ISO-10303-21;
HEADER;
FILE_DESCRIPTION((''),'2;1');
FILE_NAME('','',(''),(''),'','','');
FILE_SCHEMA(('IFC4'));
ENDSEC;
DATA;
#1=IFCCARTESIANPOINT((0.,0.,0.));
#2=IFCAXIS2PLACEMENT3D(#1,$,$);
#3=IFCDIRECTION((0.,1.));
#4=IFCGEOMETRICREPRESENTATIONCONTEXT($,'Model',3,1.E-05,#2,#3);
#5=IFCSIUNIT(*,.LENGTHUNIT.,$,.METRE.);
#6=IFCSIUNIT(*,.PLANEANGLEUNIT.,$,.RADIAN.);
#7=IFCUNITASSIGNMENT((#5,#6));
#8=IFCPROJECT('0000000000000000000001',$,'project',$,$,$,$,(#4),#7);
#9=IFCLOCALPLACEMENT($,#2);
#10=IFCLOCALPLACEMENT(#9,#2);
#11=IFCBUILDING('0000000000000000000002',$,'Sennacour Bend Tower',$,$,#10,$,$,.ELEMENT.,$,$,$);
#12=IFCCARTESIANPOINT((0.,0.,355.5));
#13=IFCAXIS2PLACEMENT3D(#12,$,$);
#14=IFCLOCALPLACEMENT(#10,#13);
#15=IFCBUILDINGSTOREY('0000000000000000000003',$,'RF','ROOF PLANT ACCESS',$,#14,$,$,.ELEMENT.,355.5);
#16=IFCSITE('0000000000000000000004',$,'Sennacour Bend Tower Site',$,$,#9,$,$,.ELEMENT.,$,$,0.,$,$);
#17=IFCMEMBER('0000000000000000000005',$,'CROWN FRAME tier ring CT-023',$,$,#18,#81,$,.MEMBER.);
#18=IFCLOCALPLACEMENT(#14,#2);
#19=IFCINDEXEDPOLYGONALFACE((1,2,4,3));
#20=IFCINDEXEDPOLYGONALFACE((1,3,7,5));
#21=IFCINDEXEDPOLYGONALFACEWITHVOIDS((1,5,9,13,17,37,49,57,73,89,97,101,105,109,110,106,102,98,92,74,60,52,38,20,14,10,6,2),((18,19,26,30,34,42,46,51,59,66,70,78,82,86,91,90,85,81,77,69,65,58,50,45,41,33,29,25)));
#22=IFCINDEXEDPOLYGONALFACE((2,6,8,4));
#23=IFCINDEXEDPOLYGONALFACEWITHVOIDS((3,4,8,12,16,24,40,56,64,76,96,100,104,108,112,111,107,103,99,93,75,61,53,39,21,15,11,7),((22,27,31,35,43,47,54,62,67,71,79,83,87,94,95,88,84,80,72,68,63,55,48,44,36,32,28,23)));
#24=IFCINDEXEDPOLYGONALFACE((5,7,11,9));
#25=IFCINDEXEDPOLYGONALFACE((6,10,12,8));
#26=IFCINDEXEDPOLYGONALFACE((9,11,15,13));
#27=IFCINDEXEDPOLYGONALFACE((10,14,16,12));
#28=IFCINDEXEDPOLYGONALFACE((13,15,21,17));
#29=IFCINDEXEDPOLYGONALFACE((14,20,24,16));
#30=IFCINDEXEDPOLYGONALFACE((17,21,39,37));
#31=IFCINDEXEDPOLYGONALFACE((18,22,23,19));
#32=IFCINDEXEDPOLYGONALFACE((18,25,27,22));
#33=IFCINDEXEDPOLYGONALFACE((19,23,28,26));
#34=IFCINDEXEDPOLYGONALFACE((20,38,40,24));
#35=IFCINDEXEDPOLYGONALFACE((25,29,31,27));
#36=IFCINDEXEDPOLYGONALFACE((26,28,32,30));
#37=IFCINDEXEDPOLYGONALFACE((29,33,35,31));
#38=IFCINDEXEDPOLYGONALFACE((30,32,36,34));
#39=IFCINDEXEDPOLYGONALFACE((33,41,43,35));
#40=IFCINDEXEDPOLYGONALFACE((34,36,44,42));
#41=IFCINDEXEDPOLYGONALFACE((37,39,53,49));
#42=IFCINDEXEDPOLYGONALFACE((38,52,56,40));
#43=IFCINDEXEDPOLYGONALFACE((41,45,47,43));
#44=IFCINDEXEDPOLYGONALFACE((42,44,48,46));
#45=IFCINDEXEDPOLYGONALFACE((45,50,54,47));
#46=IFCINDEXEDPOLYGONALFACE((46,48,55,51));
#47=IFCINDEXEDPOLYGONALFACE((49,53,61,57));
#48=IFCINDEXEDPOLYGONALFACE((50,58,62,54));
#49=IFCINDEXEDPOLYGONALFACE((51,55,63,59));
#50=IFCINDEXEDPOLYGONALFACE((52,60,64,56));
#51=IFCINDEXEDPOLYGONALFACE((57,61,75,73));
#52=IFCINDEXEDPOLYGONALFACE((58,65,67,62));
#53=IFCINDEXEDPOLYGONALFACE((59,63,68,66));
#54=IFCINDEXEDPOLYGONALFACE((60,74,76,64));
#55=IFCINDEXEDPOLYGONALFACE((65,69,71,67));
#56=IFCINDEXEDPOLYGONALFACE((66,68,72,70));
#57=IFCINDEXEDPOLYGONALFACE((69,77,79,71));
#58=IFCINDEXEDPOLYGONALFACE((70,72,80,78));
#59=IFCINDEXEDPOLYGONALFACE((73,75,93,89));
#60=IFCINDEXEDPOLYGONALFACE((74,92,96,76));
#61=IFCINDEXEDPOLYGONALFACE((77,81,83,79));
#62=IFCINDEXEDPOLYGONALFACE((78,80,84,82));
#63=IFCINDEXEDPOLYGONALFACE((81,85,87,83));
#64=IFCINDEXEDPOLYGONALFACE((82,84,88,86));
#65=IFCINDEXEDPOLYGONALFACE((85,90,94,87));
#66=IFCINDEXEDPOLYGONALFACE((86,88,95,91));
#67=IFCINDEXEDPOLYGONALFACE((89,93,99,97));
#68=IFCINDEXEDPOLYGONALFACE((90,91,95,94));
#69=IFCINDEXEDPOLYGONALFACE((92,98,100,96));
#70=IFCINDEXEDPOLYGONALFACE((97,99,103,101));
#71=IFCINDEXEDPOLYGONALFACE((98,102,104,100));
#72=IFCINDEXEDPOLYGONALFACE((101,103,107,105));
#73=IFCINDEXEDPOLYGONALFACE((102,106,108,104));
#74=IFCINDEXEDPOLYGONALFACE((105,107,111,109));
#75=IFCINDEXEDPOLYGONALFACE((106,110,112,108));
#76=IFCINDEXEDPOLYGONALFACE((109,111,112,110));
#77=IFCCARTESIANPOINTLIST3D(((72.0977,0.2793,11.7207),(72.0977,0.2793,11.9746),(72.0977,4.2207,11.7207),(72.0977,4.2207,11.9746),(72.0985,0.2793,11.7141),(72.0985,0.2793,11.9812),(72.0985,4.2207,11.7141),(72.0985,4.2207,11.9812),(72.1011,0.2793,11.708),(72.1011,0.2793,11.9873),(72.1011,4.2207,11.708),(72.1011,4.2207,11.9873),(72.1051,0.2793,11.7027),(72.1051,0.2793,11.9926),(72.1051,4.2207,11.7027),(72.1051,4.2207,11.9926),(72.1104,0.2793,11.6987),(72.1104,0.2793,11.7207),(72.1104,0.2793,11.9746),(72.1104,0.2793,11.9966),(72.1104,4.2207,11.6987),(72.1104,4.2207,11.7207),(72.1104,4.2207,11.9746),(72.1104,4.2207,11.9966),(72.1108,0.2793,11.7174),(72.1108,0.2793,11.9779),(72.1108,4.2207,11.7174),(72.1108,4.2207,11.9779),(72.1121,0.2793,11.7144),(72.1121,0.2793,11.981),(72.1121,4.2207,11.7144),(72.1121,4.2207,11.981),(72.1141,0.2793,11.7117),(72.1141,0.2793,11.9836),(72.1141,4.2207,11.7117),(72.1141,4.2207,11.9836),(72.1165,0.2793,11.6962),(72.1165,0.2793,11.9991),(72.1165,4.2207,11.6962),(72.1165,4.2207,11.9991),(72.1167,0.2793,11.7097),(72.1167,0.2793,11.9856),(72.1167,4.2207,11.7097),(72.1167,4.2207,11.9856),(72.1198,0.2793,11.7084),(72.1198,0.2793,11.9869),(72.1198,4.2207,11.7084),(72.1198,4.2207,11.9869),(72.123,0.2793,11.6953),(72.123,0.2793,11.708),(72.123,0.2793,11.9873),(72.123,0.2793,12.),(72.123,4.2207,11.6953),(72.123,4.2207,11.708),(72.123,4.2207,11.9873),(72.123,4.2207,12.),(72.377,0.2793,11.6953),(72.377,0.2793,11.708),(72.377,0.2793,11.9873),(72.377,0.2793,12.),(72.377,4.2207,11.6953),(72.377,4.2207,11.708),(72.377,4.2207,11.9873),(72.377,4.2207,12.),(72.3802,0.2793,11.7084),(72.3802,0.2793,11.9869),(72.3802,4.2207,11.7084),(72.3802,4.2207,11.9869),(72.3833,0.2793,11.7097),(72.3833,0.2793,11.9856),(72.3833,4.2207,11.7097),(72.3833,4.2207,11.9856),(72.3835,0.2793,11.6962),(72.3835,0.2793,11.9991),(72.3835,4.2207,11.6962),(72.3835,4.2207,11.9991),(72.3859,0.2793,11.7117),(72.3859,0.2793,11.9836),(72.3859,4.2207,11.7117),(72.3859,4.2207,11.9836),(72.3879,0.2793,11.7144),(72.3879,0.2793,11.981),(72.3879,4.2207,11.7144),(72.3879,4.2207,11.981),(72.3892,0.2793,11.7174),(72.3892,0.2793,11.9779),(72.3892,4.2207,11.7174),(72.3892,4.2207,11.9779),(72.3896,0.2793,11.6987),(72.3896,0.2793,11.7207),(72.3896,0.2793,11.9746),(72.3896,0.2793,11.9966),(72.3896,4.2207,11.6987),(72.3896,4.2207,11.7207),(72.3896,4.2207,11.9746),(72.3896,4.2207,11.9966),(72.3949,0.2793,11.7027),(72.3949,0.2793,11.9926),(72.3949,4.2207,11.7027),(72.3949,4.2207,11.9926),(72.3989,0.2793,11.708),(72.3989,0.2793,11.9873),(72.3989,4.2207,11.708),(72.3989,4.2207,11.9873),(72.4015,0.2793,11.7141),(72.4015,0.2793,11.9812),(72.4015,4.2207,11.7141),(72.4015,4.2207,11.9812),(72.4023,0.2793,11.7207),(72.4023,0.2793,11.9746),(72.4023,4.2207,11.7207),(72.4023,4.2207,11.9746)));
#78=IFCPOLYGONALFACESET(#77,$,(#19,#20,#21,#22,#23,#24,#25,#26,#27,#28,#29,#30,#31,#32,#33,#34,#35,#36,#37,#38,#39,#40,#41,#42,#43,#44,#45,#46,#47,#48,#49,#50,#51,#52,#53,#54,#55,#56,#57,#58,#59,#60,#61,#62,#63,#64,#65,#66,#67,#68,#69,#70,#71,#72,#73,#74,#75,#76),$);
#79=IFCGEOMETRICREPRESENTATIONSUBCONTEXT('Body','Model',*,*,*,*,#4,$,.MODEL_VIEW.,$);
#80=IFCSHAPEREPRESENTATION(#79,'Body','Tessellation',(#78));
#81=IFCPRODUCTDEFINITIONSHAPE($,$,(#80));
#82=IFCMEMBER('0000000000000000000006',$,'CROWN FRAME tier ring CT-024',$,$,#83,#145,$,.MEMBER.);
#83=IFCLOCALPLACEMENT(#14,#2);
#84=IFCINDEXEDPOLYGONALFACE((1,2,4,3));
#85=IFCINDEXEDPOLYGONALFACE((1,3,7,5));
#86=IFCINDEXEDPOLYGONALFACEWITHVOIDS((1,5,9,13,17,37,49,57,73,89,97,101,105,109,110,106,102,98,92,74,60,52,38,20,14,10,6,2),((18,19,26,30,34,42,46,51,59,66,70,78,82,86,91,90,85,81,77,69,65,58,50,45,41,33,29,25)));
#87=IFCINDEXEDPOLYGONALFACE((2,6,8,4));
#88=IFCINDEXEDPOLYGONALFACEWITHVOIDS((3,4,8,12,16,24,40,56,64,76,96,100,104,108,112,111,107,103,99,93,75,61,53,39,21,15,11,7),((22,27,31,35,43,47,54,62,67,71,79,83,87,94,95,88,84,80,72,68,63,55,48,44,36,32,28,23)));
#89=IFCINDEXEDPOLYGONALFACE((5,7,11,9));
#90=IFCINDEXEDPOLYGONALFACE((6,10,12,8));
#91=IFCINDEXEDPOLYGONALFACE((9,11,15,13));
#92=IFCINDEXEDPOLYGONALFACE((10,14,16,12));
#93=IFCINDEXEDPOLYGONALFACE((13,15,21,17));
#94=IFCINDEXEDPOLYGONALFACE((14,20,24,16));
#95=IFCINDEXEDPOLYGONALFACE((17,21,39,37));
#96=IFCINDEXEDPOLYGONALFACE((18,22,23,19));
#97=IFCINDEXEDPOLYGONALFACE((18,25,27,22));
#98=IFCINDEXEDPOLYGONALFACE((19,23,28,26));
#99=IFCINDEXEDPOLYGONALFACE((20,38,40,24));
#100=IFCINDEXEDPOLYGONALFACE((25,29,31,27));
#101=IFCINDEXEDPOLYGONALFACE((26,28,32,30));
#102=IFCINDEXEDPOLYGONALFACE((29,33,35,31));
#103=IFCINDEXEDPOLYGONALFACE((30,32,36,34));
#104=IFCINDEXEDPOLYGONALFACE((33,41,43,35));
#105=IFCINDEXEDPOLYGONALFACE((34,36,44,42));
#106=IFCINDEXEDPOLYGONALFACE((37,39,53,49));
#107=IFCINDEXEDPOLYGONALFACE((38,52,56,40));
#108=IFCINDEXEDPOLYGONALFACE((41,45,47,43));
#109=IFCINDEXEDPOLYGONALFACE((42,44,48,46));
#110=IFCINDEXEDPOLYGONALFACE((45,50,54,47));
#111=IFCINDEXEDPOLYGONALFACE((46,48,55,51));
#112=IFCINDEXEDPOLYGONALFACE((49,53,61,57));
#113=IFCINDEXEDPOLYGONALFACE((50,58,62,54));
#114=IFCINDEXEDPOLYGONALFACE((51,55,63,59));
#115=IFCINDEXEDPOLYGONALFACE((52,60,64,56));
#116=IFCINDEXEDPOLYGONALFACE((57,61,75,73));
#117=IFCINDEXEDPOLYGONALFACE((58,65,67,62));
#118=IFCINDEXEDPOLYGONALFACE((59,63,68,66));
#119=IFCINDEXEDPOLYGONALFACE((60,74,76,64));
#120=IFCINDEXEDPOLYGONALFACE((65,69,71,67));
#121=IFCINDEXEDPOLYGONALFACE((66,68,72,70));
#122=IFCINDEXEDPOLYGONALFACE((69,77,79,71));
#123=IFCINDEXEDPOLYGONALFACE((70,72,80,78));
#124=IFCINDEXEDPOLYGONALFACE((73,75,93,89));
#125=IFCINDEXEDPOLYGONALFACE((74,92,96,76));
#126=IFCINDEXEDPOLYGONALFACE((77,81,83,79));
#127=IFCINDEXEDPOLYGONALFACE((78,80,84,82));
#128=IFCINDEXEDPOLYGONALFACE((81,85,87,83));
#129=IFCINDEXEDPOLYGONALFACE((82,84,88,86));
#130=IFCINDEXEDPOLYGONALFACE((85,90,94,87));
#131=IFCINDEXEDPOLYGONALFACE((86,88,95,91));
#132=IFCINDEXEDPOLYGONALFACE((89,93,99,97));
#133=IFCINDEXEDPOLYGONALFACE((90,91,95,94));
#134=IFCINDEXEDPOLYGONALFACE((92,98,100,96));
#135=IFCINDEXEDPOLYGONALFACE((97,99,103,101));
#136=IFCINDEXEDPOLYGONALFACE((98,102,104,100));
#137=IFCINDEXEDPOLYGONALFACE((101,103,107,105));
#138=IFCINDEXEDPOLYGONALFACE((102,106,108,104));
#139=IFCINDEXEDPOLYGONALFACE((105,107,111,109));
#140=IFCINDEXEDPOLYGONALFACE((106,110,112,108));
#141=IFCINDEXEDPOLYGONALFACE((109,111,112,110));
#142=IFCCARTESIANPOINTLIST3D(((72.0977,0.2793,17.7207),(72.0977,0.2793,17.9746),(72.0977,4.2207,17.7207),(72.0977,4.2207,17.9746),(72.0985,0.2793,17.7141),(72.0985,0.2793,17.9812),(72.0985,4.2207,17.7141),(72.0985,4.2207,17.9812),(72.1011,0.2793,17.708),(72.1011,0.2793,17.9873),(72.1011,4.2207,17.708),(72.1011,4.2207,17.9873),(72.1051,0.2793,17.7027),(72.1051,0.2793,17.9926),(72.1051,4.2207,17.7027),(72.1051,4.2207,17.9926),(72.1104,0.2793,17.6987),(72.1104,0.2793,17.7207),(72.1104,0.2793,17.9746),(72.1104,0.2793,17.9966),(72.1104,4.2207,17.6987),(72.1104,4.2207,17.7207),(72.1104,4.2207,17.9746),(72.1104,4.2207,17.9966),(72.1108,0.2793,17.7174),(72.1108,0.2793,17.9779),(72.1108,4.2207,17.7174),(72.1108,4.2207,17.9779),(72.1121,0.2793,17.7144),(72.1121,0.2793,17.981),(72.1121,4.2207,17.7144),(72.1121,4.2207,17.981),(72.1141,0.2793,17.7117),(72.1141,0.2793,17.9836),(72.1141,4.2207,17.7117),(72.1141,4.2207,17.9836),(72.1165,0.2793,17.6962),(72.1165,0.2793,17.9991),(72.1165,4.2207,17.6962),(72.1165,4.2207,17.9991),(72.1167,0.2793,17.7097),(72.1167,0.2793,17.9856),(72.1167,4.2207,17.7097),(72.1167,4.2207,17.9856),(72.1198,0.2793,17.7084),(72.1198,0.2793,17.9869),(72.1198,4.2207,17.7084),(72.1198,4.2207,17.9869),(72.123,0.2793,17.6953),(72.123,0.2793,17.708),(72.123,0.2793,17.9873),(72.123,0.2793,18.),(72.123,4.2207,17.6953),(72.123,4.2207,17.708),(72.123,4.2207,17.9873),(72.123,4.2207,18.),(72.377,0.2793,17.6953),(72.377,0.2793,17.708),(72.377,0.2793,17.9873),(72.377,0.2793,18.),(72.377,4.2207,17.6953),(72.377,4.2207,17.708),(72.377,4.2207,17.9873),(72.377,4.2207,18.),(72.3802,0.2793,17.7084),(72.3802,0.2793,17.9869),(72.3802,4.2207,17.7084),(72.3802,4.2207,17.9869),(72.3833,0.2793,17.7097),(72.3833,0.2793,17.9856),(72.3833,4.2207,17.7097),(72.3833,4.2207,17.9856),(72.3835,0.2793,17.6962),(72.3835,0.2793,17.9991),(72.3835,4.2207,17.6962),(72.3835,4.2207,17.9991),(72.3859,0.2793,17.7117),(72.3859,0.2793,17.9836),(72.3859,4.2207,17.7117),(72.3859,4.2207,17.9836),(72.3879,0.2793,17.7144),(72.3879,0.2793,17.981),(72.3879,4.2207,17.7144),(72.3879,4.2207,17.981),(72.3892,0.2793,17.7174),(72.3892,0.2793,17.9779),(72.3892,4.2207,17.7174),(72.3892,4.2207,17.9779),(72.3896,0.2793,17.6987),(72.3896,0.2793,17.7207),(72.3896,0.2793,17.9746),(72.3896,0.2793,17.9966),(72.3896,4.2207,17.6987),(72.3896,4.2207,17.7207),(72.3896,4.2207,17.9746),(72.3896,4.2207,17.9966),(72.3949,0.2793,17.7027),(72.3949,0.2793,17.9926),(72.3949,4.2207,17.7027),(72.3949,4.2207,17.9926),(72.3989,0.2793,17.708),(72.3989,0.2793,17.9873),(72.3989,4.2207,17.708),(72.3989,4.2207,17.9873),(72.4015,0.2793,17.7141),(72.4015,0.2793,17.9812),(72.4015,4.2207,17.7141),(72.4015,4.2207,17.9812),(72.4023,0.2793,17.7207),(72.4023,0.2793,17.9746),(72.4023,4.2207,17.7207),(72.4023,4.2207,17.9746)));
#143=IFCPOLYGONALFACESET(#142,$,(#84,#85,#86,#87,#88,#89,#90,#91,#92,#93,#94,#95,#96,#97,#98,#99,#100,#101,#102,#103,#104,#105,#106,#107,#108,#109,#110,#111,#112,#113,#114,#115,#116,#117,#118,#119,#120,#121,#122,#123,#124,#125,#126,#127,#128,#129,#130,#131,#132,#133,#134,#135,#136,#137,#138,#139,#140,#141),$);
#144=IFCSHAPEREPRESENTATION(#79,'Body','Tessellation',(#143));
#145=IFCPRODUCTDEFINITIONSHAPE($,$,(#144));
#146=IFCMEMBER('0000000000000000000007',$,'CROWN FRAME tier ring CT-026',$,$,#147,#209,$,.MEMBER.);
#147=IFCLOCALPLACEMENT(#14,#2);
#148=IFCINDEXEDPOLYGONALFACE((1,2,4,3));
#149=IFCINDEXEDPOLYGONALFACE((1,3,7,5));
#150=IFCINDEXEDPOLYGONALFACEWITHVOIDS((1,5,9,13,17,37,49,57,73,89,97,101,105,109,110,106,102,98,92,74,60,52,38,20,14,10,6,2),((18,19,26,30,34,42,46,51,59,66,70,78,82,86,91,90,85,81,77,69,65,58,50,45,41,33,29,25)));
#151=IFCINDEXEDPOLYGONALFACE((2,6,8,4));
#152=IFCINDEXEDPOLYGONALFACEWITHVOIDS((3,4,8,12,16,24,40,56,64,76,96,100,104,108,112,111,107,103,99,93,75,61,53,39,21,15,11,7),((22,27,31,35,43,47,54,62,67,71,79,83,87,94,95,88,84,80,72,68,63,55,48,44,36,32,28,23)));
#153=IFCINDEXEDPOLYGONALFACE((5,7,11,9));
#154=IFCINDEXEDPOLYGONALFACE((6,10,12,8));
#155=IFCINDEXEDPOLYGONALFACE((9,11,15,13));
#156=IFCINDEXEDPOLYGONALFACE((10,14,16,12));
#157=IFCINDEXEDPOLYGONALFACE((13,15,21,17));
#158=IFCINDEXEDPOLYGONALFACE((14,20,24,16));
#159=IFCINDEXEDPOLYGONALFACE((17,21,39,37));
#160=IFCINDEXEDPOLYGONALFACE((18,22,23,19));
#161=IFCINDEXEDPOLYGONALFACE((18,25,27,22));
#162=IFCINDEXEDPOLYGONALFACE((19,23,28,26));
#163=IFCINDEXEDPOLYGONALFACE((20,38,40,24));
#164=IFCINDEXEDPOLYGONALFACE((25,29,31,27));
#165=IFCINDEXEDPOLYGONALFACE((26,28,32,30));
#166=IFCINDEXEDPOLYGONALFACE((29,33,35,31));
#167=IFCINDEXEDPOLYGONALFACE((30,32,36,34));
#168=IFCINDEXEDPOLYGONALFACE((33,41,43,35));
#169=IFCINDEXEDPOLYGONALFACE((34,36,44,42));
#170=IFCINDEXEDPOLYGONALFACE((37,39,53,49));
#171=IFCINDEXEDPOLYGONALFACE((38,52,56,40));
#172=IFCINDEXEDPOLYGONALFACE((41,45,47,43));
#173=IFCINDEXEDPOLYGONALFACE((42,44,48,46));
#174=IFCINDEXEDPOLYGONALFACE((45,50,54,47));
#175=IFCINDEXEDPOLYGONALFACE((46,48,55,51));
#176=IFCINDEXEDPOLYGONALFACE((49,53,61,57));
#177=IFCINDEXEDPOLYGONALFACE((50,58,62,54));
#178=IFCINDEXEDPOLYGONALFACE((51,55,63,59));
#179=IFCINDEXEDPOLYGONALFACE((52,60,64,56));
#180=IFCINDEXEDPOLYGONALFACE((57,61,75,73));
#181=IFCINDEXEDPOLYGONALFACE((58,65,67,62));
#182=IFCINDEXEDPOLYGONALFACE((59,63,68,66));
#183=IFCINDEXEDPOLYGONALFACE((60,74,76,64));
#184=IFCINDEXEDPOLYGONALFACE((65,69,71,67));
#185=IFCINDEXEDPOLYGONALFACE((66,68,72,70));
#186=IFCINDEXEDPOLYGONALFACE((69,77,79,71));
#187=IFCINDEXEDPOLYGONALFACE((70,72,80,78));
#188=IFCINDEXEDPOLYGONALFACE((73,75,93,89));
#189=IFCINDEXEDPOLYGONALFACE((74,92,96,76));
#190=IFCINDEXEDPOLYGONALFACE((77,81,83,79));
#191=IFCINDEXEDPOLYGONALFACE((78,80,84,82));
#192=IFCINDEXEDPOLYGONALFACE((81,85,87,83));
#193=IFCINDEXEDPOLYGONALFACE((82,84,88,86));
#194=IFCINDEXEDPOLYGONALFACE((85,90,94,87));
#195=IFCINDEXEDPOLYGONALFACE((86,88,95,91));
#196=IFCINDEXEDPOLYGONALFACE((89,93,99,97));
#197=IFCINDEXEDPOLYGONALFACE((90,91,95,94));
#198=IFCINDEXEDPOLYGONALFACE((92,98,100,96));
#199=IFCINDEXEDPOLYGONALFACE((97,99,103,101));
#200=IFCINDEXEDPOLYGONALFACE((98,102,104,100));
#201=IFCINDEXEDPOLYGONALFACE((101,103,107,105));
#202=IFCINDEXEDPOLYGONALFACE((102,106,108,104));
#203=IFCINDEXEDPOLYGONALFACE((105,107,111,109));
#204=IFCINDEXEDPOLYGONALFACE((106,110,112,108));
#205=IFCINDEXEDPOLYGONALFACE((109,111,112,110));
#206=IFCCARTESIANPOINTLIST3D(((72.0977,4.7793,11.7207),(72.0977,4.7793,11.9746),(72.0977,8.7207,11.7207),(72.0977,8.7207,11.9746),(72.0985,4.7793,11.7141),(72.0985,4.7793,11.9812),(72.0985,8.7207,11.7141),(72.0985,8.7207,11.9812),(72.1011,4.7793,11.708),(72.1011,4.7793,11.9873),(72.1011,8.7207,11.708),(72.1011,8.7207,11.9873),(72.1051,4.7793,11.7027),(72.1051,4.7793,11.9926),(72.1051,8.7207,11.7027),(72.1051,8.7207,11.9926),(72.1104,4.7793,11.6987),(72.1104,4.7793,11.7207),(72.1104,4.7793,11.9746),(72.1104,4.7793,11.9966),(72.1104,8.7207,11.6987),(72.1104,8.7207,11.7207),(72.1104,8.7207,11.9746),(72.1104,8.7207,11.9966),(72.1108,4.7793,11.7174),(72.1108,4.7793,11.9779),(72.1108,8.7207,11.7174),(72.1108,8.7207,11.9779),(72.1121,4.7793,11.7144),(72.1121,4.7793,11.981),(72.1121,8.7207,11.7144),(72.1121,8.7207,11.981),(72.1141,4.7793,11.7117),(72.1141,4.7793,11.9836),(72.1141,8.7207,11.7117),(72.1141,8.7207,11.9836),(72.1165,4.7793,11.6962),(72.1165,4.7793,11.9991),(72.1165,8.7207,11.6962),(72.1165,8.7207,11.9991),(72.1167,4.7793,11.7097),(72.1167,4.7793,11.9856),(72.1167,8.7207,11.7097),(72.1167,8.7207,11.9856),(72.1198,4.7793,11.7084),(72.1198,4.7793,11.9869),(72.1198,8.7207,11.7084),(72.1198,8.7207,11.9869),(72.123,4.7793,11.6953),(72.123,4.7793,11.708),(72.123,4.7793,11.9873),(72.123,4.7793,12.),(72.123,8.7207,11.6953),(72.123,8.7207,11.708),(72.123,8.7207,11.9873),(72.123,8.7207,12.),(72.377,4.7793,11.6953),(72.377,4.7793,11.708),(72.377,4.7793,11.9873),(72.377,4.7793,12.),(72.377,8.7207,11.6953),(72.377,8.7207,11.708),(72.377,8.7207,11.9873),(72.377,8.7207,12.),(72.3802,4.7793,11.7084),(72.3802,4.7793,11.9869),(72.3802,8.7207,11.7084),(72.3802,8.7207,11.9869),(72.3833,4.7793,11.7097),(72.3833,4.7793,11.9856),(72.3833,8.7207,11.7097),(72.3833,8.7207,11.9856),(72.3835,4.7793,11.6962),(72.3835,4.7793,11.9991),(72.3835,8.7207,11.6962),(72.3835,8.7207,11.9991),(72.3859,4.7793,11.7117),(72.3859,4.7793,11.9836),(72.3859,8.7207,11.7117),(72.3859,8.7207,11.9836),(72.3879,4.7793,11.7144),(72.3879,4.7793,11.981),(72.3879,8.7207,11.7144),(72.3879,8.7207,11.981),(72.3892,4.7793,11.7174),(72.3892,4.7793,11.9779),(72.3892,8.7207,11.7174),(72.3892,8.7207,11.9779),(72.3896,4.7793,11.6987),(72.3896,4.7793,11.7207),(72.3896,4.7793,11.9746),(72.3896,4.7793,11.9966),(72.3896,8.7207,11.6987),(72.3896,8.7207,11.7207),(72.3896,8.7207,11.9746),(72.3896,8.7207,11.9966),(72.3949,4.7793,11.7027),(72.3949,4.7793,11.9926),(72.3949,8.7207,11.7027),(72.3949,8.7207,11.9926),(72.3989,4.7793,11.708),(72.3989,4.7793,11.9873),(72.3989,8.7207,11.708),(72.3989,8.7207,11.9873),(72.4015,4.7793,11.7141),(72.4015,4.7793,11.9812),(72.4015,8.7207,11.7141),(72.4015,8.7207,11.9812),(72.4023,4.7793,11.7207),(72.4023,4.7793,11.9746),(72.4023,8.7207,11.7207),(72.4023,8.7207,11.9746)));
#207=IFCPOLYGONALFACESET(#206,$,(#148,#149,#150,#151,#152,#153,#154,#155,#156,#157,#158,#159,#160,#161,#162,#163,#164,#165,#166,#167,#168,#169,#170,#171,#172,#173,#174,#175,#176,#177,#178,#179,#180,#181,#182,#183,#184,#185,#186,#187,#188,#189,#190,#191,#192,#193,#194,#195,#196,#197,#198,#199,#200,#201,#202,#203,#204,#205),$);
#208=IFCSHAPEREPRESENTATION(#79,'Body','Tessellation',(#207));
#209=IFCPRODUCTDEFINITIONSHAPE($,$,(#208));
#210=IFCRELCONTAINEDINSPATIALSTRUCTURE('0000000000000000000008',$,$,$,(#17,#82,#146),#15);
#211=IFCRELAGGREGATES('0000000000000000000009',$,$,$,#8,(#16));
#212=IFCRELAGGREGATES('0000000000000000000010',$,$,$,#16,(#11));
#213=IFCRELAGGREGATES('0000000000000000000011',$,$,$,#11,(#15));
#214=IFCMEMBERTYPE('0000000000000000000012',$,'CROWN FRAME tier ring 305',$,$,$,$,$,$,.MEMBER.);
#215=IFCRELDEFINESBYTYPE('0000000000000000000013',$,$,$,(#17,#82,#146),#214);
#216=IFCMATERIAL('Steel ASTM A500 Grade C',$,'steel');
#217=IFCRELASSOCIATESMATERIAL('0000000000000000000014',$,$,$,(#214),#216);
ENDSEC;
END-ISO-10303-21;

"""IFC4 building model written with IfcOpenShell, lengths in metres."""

from ifc_helpers import new_model, si_unit, direction, frame, origin, origin_2d, place, context, subcontext, project, spatial, hollow_rectangle, extrude, material, material_profile, profile_set, type_object, element, save


model = new_model("IFC4")

# Units and contexts
model_context = context("Model", 3, precision=1e-05, world=origin(), true_north=direction((0.0, 1.0)))
body_context = subcontext(model_context, "Body", "Model", "MODEL_VIEW")
ifc_project = project(units=[si_unit("LENGTHUNIT", "METRE"), si_unit("PLANEANGLEUNIT", "RADIAN")], contexts=[model_context])

# Site, building, storey
site_placement = place(None, origin())
site = spatial("IfcSite", under=ifc_project, at=site_placement, Name="Sennacour Bend Tower Site", CompositionType="ELEMENT", RefElevation=0.0)
building_placement = place(site_placement, origin())
building = spatial("IfcBuilding", under=site, at=building_placement, Name="Sennacour Bend Tower", CompositionType="ELEMENT")
storey_placement = place(building_placement, frame((0.0, 0.0, 355.5)))
storey = spatial("IfcBuildingStorey", under=building, at=storey_placement, Name="RF", Description="ROOF PLANT ACCESS", CompositionType="ELEMENT", Elevation=355.5)

# Shared definitions
ifc_material_1 = material(Name="Steel ASTM A500 Grade C", Category="steel")

# Members
ifc_material_profile_1 = material_profile(ifc_material_1, hollow_rectangle(XDim=0.3047, YDim=0.3047, WallThickness=0.0127, InnerFilletRadius=0.0127, OuterFilletRadius=0.0254, at=origin_2d()), Name="Steel ASTM A500 Grade C", Category="steel")
ifc_profile_set_1 = profile_set([ifc_material_profile_1], Name="Steel ASTM A500 Grade C")
member_type_1 = type_object("IfcMemberType", Name="CROWN FRAME tier ring 305", PredefinedType="MEMBER", material=ifc_profile_set_1)
for number, where, z_axis, x_axis, name in (
    (1, (72.25, 0.2793, 11.8477), (0.0, 1.0, 0.0), (-1.0, 0.0, 0.0), "CROWN FRAME tier ring CT-023"),
    (2, (72.25, 0.2793, 17.8477), (0.0, 1.0, 0.0), (-1.0, 0.0, 0.0), "CROWN FRAME tier ring CT-024"),
    (3, (72.25, 4.7793, 11.8477), (0.0, 1.0, 0.0), (-1.0, 0.0, 0.0), "CROWN FRAME tier ring CT-026"),
):
    element("IfcMember", number, at=place(storey_placement, frame(where, z_axis=z_axis, x_axis=x_axis)), inside=storey, type_object=member_type_1, Name=name, PredefinedType="MEMBER", context=body_context, shape_type="SweptSolid", body=[
        extrude(hollow_rectangle(XDim=0.3047, YDim=0.3047, WallThickness=0.0127, InnerFilletRadius=0.0127, OuterFilletRadius=0.0254, at=origin_2d()), origin(), (0.0, 0.0, 1.0), 3.9414),
    ])

save(model, "model.ifc")
